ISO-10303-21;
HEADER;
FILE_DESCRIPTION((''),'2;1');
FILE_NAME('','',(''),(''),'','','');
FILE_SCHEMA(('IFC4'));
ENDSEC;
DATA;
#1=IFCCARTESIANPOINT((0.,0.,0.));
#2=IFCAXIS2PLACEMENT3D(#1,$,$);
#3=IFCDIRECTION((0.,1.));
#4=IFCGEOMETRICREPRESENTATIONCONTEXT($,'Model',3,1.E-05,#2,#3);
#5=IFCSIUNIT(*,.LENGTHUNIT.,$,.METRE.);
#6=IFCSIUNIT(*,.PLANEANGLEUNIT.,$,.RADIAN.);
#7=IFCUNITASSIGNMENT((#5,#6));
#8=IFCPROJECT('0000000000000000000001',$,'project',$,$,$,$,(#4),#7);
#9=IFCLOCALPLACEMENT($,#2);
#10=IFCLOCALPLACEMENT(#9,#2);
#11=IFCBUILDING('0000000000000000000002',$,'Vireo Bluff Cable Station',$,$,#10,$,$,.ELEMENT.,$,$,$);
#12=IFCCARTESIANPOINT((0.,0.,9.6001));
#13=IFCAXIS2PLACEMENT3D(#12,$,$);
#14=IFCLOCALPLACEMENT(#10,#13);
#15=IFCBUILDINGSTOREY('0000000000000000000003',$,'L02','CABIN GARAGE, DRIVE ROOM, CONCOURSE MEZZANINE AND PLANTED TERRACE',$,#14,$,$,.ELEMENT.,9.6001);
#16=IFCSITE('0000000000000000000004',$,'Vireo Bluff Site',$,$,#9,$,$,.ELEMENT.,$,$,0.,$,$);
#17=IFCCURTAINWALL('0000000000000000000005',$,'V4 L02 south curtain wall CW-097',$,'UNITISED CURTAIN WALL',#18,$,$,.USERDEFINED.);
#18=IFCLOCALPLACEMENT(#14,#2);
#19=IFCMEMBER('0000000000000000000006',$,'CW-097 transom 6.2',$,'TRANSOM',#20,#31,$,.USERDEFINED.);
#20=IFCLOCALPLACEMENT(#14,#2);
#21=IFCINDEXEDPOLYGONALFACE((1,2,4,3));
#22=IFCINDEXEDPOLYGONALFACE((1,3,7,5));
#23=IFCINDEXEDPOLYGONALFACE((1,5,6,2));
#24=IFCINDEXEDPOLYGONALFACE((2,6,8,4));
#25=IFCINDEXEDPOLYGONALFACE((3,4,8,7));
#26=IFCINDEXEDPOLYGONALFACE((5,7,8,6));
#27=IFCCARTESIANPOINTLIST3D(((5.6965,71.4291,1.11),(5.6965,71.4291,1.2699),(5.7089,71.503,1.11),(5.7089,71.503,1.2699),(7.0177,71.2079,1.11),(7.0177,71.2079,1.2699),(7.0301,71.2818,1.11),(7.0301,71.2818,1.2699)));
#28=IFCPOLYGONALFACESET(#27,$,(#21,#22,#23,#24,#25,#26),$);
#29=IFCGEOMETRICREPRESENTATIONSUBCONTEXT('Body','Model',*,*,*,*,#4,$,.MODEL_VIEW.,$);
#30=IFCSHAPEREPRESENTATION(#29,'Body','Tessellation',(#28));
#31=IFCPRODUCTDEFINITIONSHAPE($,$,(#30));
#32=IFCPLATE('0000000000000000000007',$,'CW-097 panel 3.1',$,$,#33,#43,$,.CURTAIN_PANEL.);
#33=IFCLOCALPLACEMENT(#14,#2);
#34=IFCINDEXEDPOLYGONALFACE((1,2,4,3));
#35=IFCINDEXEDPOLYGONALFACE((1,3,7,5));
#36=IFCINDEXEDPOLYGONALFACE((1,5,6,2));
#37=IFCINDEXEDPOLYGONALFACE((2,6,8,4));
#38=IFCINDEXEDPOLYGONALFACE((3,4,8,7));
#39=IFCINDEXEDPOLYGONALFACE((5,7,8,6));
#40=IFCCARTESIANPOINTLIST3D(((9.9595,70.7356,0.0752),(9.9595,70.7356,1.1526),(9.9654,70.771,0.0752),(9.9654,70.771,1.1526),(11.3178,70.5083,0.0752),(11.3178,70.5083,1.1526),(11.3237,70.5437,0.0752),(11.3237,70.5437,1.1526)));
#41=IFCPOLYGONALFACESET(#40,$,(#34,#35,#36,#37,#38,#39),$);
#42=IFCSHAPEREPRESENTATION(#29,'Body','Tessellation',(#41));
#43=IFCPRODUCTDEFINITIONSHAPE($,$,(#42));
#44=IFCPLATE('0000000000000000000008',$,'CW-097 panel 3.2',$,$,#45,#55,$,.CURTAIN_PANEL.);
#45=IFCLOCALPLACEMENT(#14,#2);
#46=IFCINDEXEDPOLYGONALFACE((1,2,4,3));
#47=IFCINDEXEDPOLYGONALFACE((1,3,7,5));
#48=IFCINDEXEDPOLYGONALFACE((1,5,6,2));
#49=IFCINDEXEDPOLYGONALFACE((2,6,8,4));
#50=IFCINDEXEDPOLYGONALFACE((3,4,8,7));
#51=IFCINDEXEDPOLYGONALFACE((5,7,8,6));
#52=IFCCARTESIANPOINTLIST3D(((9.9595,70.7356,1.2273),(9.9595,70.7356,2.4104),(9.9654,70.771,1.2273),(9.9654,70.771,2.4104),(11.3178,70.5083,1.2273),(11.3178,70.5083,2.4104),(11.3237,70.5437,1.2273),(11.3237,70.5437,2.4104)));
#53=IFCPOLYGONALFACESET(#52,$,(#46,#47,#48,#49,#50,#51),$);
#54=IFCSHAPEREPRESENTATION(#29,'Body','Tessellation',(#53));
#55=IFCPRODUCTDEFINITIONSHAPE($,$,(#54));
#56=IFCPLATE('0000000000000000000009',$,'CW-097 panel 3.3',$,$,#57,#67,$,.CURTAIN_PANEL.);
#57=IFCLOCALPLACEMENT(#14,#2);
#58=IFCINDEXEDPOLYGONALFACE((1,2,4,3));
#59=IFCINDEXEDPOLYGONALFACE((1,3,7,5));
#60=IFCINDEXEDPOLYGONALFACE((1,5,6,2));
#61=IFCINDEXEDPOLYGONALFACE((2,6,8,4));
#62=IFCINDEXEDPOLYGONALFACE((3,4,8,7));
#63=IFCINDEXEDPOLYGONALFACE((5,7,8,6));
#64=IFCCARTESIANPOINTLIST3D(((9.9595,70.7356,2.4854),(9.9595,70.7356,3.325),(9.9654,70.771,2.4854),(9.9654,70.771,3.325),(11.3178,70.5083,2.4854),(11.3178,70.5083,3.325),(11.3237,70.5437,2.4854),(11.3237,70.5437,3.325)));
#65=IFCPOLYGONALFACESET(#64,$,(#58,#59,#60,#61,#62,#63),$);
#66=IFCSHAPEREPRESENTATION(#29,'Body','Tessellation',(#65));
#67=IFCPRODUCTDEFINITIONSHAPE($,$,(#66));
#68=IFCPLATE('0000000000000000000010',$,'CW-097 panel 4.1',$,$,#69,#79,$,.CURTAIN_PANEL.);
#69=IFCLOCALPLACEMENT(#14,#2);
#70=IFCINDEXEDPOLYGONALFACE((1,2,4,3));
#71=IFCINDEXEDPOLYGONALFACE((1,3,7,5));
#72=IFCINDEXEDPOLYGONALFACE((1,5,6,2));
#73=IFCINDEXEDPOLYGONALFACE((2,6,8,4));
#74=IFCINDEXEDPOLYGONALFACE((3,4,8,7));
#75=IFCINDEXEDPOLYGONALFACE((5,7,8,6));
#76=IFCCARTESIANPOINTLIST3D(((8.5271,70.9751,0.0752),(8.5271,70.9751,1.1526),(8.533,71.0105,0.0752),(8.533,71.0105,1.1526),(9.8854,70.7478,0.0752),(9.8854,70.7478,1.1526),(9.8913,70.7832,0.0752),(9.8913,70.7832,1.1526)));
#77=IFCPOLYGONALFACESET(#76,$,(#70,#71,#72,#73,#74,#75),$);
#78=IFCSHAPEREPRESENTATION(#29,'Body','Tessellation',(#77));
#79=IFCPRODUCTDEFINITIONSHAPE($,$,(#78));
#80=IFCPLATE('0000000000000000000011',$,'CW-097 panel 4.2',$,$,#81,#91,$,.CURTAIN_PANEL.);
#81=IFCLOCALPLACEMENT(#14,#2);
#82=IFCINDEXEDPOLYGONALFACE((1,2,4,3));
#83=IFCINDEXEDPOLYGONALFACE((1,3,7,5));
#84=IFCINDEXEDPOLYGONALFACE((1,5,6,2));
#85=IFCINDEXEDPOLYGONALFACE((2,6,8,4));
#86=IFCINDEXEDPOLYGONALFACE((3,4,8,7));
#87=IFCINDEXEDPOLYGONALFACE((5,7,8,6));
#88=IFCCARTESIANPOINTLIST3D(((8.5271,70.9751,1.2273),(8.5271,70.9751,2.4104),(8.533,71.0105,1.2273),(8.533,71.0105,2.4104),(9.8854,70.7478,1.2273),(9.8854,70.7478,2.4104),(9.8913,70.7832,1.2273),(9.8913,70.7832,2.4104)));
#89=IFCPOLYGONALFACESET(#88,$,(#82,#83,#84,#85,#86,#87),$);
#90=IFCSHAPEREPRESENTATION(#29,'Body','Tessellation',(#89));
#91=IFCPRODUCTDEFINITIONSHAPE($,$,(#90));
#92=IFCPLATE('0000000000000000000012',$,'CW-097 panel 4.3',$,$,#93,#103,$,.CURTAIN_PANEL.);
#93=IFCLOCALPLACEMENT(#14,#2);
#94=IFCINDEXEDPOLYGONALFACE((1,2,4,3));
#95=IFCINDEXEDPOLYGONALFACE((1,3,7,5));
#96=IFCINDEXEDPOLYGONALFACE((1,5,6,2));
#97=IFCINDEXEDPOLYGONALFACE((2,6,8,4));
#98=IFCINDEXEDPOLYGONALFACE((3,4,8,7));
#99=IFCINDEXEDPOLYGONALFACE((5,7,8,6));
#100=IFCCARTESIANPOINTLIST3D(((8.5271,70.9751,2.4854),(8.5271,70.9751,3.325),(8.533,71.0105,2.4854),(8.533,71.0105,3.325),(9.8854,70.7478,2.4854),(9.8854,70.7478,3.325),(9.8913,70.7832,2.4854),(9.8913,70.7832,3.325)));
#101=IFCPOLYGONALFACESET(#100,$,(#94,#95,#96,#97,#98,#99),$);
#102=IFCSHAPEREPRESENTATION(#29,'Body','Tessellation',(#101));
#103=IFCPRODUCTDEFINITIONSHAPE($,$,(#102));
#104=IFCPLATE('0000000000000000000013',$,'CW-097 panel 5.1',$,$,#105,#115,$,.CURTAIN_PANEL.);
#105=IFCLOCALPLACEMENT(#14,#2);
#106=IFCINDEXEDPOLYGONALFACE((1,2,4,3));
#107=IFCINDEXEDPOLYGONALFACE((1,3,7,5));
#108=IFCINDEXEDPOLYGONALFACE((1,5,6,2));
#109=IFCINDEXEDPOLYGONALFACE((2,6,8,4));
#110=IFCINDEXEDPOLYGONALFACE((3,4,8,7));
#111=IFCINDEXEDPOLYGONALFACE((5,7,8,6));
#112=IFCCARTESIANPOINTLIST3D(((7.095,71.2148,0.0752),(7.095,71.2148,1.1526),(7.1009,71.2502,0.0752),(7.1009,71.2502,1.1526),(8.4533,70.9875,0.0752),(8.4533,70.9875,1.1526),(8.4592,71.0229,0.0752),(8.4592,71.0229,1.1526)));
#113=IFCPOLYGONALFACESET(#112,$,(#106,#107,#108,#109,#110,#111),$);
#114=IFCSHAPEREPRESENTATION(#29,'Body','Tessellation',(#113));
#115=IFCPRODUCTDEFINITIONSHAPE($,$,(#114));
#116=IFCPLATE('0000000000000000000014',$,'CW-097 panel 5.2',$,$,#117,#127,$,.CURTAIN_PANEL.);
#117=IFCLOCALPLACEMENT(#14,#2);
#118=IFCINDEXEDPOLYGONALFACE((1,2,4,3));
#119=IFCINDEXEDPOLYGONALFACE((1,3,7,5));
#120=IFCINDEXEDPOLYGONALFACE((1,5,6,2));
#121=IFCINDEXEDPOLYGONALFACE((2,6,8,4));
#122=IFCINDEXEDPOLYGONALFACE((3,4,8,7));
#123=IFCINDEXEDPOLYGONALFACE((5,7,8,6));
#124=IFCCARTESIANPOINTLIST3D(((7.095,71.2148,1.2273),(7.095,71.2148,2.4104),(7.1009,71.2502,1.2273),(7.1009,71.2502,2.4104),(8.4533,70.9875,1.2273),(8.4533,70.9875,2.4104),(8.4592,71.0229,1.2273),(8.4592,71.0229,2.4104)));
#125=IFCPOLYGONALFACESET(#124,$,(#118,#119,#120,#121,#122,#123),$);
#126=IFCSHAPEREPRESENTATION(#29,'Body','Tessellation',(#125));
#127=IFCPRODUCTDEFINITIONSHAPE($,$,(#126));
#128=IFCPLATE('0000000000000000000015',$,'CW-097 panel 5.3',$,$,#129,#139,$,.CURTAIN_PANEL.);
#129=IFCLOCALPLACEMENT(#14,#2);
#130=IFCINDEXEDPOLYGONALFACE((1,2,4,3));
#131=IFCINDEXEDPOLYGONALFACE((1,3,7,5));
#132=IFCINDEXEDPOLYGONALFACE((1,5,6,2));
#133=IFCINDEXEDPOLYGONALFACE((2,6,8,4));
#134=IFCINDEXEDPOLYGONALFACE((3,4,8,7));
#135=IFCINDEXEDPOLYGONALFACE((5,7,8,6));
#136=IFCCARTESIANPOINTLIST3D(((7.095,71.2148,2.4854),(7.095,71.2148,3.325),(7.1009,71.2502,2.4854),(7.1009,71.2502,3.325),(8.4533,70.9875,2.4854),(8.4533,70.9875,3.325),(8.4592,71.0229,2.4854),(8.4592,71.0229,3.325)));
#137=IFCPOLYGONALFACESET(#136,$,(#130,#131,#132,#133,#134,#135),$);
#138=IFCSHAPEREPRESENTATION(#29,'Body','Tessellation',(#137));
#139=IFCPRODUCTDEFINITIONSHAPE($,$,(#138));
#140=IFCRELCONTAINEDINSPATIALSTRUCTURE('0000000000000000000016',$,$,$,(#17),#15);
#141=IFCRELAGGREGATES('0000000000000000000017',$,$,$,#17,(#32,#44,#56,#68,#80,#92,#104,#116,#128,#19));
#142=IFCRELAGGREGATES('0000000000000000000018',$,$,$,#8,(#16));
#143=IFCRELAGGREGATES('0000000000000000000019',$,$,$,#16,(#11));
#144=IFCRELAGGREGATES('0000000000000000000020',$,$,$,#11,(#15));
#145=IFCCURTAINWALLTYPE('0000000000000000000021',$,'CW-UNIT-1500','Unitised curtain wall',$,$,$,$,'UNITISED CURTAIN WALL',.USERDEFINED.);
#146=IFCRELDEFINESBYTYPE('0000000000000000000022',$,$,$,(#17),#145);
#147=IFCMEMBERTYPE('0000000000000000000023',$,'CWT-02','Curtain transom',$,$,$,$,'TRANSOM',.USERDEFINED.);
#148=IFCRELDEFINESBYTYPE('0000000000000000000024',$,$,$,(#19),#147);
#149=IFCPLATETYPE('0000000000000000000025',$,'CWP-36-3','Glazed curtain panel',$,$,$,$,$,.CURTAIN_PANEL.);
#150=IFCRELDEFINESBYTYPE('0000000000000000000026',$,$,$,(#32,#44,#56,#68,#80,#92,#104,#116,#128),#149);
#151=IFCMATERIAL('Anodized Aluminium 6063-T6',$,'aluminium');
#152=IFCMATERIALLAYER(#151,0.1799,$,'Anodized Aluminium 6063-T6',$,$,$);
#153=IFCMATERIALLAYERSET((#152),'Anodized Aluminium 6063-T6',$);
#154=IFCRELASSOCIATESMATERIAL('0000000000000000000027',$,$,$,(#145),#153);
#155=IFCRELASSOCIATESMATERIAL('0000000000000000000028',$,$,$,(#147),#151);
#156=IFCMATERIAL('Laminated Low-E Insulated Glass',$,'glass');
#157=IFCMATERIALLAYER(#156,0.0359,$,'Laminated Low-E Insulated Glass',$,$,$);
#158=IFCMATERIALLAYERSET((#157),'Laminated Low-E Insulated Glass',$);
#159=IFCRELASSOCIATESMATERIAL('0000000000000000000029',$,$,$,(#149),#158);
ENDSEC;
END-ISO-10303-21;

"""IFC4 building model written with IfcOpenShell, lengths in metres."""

from ifc_helpers import new_model, si_unit, direction, frame, origin, origin_2d, place, context, subcontext, project, spatial, rectangle, extrude, material, layer, layer_set, material_profile, profile_set, type_object, element, aggregate, save


model = new_model("IFC4")

# Units and contexts
model_context = context("Model", 3, precision=1e-05, world=origin(), true_north=direction((0.0, 1.0)))
body_context = subcontext(model_context, "Body", "Model", "MODEL_VIEW")
ifc_project = project(units=[si_unit("LENGTHUNIT", "METRE"), si_unit("PLANEANGLEUNIT", "RADIAN")], contexts=[model_context])

# Site, building, storey
site_placement = place(None, origin())
site = spatial("IfcSite", under=ifc_project, at=site_placement, Name="Vireo Bluff Site", CompositionType="ELEMENT", RefElevation=0.0)
building_placement = place(site_placement, origin())
building = spatial("IfcBuilding", under=site, at=building_placement, Name="Vireo Bluff Cable Station", CompositionType="ELEMENT")
storey_placement = place(building_placement, frame((0.0, 0.0, 9.6001)))
storey = spatial("IfcBuildingStorey", under=building, at=storey_placement, Name="L02", Description="CABIN GARAGE, DRIVE ROOM, CONCOURSE MEZZANINE AND PLANTED TERRACE", CompositionType="ELEMENT", Elevation=9.6001)

# Curtain wall, member, plates
ifc_material_1 = material(Name="Anodized Aluminium 6063-T6", Category="aluminium")
ifc_layer_1 = layer(ifc_material_1, 0.1799, Name="Anodized Aluminium 6063-T6")
ifc_layer_set_1 = layer_set([ifc_layer_1], Name="Anodized Aluminium 6063-T6")
curtain_wall_type = type_object("IfcCurtainWallType", Name="CW-UNIT-1500", Description="Unitised curtain wall", ElementType="UNITISED CURTAIN WALL", PredefinedType="USERDEFINED", material=ifc_layer_set_1)
curtain_wall_placement = place(storey_placement, origin())
curtain_wall = element("IfcCurtainWall", 1, at=curtain_wall_placement, inside=storey, type_object=curtain_wall_type, Name="V4 L02 south curtain wall CW-097", ObjectType="UNITISED CURTAIN WALL", PredefinedType="USERDEFINED")
ifc_material_profile_1 = material_profile(ifc_material_1, rectangle(XDim=0.075, YDim=0.1599, at=origin_2d()), Name="ALU-T-75X160")
ifc_profile_set_1 = profile_set([ifc_material_profile_1], Name="Anodized Aluminium 6063-T6")
member_type_1 = type_object("IfcMemberType", Name="CWT-02", Description="Curtain transom", ElementType="TRANSOM", PredefinedType="USERDEFINED", material=ifc_profile_set_1)
member_1_placement = place(storey_placement, frame((7.0239, 71.2449, 1.1899), z_axis=(-0.986275, 0.165108, 0.0), x_axis=(-0.165108, -0.986275, 0.0)))
member_1 = element("IfcMember", 2, at=member_1_placement, type_object=member_type_1, Name="CW-097 transom 6.2", ObjectType="TRANSOM", PredefinedType="USERDEFINED", context=body_context, shape_type="SweptSolid", body=[
    extrude(rectangle(XDim=0.075, YDim=0.1599, at=origin_2d()), origin(), (0.0, 0.0, 1.0), 1.3396),
])
ifc_material_2 = material(Name="Laminated Low-E Insulated Glass", Category="glass")
ifc_layer_2 = layer(ifc_material_2, 0.0359, Name="Laminated Low-E Insulated Glass")
ifc_layer_set_2 = layer_set([ifc_layer_2], Name="Laminated Low-E Insulated Glass")
plate_type = type_object("IfcPlateType", Name="CWP-36-3", Description="Glazed curtain panel", PredefinedType="CURTAIN_PANEL", material=ifc_layer_set_2)
plate_1_placement = place(storey_placement, frame((10.6416, 70.6396, 0.0752), z_axis=(0.0, 0.0, 1.0), x_axis=(-0.986286, 0.165048, 0.0)))
plate_1 = element("IfcPlate", 3, at=plate_1_placement, type_object=plate_type, Name="CW-097 panel 3.1", PredefinedType="CURTAIN_PANEL", context=body_context, shape_type="SweptSolid", body=[
    extrude(rectangle(XDim=1.3772, YDim=0.0359, at=origin_2d()), origin(), (0.0, 0.0, 1.0), 1.0774),
])
plate_2_placement = place(storey_placement, frame((10.6416, 70.6396, 1.2273), z_axis=(0.0, 0.0, 1.0), x_axis=(-0.986286, 0.165048, 0.0)))
plate_2 = element("IfcPlate", 4, at=plate_2_placement, type_object=plate_type, Name="CW-097 panel 3.2", PredefinedType="CURTAIN_PANEL", context=body_context, shape_type="SweptSolid", body=[
    extrude(rectangle(XDim=1.3772, YDim=0.0359, at=origin_2d()), origin(), (0.0, 0.0, 1.0), 1.1831),
])
plate_3_placement = place(storey_placement, frame((10.6416, 70.6396, 2.4854), z_axis=(0.0, 0.0, 1.0), x_axis=(-0.986286, 0.165048, 0.0)))
plate_3 = element("IfcPlate", 5, at=plate_3_placement, type_object=plate_type, Name="CW-097 panel 3.3", PredefinedType="CURTAIN_PANEL", context=body_context, shape_type="SweptSolid", body=[
    extrude(rectangle(XDim=1.3772, YDim=0.0359, at=origin_2d()), origin(), (0.0, 0.0, 1.0), 0.8396),
])
plate_4_placement = place(storey_placement, frame((9.2092, 70.8792, 0.0752), z_axis=(0.0, 0.0, 1.0), x_axis=(-0.986286, 0.165048, 0.0)))
plate_4 = element("IfcPlate", 6, at=plate_4_placement, type_object=plate_type, Name="CW-097 panel 4.1", PredefinedType="CURTAIN_PANEL", context=body_context, shape_type="SweptSolid", body=[
    extrude(rectangle(XDim=1.3772, YDim=0.0359, at=origin_2d()), origin(), (0.0, 0.0, 1.0), 1.0774),
])
plate_5_placement = place(storey_placement, frame((9.2092, 70.8792, 1.2273), z_axis=(0.0, 0.0, 1.0), x_axis=(-0.986286, 0.165048, 0.0)))
plate_5 = element("IfcPlate", 7, at=plate_5_placement, type_object=plate_type, Name="CW-097 panel 4.2", PredefinedType="CURTAIN_PANEL", context=body_context, shape_type="SweptSolid", body=[
    extrude(rectangle(XDim=1.3772, YDim=0.0359, at=origin_2d()), origin(), (0.0, 0.0, 1.0), 1.1831),
])
plate_6_placement = place(storey_placement, frame((9.2092, 70.8792, 2.4854), z_axis=(0.0, 0.0, 1.0), x_axis=(-0.986286, 0.165048, 0.0)))
plate_6 = element("IfcPlate", 8, at=plate_6_placement, type_object=plate_type, Name="CW-097 panel 4.3", PredefinedType="CURTAIN_PANEL", context=body_context, shape_type="SweptSolid", body=[
    extrude(rectangle(XDim=1.3772, YDim=0.0359, at=origin_2d()), origin(), (0.0, 0.0, 1.0), 0.8396),
])
plate_7_placement = place(storey_placement, frame((7.7771, 71.1189, 0.0752), z_axis=(0.0, 0.0, 1.0), x_axis=(-0.986286, 0.165048, 0.0)))
plate_7 = element("IfcPlate", 9, at=plate_7_placement, type_object=plate_type, Name="CW-097 panel 5.1", PredefinedType="CURTAIN_PANEL", context=body_context, shape_type="SweptSolid", body=[
    extrude(rectangle(XDim=1.3772, YDim=0.0359, at=origin_2d()), origin(), (0.0, 0.0, 1.0), 1.0774),
])
plate_8_placement = place(storey_placement, frame((7.7771, 71.1189, 1.2273), z_axis=(0.0, 0.0, 1.0), x_axis=(-0.986286, 0.165048, 0.0)))
plate_8 = element("IfcPlate", 10, at=plate_8_placement, type_object=plate_type, Name="CW-097 panel 5.2", PredefinedType="CURTAIN_PANEL", context=body_context, shape_type="SweptSolid", body=[
    extrude(rectangle(XDim=1.3772, YDim=0.0359, at=origin_2d()), origin(), (0.0, 0.0, 1.0), 1.1831),
])
plate_9_placement = place(storey_placement, frame((7.7771, 71.1189, 2.4854), z_axis=(0.0, 0.0, 1.0), x_axis=(-0.986286, 0.165048, 0.0)))
plate_9 = element("IfcPlate", 11, at=plate_9_placement, type_object=plate_type, Name="CW-097 panel 5.3", PredefinedType="CURTAIN_PANEL", context=body_context, shape_type="SweptSolid", body=[
    extrude(rectangle(XDim=1.3772, YDim=0.0359, at=origin_2d()), origin(), (0.0, 0.0, 1.0), 0.8396),
])
aggregate(curtain_wall, [plate_1, plate_2, plate_3, plate_4, plate_5, plate_6, plate_7, plate_8, plate_9, member_1])

save(model, "model.ifc")
